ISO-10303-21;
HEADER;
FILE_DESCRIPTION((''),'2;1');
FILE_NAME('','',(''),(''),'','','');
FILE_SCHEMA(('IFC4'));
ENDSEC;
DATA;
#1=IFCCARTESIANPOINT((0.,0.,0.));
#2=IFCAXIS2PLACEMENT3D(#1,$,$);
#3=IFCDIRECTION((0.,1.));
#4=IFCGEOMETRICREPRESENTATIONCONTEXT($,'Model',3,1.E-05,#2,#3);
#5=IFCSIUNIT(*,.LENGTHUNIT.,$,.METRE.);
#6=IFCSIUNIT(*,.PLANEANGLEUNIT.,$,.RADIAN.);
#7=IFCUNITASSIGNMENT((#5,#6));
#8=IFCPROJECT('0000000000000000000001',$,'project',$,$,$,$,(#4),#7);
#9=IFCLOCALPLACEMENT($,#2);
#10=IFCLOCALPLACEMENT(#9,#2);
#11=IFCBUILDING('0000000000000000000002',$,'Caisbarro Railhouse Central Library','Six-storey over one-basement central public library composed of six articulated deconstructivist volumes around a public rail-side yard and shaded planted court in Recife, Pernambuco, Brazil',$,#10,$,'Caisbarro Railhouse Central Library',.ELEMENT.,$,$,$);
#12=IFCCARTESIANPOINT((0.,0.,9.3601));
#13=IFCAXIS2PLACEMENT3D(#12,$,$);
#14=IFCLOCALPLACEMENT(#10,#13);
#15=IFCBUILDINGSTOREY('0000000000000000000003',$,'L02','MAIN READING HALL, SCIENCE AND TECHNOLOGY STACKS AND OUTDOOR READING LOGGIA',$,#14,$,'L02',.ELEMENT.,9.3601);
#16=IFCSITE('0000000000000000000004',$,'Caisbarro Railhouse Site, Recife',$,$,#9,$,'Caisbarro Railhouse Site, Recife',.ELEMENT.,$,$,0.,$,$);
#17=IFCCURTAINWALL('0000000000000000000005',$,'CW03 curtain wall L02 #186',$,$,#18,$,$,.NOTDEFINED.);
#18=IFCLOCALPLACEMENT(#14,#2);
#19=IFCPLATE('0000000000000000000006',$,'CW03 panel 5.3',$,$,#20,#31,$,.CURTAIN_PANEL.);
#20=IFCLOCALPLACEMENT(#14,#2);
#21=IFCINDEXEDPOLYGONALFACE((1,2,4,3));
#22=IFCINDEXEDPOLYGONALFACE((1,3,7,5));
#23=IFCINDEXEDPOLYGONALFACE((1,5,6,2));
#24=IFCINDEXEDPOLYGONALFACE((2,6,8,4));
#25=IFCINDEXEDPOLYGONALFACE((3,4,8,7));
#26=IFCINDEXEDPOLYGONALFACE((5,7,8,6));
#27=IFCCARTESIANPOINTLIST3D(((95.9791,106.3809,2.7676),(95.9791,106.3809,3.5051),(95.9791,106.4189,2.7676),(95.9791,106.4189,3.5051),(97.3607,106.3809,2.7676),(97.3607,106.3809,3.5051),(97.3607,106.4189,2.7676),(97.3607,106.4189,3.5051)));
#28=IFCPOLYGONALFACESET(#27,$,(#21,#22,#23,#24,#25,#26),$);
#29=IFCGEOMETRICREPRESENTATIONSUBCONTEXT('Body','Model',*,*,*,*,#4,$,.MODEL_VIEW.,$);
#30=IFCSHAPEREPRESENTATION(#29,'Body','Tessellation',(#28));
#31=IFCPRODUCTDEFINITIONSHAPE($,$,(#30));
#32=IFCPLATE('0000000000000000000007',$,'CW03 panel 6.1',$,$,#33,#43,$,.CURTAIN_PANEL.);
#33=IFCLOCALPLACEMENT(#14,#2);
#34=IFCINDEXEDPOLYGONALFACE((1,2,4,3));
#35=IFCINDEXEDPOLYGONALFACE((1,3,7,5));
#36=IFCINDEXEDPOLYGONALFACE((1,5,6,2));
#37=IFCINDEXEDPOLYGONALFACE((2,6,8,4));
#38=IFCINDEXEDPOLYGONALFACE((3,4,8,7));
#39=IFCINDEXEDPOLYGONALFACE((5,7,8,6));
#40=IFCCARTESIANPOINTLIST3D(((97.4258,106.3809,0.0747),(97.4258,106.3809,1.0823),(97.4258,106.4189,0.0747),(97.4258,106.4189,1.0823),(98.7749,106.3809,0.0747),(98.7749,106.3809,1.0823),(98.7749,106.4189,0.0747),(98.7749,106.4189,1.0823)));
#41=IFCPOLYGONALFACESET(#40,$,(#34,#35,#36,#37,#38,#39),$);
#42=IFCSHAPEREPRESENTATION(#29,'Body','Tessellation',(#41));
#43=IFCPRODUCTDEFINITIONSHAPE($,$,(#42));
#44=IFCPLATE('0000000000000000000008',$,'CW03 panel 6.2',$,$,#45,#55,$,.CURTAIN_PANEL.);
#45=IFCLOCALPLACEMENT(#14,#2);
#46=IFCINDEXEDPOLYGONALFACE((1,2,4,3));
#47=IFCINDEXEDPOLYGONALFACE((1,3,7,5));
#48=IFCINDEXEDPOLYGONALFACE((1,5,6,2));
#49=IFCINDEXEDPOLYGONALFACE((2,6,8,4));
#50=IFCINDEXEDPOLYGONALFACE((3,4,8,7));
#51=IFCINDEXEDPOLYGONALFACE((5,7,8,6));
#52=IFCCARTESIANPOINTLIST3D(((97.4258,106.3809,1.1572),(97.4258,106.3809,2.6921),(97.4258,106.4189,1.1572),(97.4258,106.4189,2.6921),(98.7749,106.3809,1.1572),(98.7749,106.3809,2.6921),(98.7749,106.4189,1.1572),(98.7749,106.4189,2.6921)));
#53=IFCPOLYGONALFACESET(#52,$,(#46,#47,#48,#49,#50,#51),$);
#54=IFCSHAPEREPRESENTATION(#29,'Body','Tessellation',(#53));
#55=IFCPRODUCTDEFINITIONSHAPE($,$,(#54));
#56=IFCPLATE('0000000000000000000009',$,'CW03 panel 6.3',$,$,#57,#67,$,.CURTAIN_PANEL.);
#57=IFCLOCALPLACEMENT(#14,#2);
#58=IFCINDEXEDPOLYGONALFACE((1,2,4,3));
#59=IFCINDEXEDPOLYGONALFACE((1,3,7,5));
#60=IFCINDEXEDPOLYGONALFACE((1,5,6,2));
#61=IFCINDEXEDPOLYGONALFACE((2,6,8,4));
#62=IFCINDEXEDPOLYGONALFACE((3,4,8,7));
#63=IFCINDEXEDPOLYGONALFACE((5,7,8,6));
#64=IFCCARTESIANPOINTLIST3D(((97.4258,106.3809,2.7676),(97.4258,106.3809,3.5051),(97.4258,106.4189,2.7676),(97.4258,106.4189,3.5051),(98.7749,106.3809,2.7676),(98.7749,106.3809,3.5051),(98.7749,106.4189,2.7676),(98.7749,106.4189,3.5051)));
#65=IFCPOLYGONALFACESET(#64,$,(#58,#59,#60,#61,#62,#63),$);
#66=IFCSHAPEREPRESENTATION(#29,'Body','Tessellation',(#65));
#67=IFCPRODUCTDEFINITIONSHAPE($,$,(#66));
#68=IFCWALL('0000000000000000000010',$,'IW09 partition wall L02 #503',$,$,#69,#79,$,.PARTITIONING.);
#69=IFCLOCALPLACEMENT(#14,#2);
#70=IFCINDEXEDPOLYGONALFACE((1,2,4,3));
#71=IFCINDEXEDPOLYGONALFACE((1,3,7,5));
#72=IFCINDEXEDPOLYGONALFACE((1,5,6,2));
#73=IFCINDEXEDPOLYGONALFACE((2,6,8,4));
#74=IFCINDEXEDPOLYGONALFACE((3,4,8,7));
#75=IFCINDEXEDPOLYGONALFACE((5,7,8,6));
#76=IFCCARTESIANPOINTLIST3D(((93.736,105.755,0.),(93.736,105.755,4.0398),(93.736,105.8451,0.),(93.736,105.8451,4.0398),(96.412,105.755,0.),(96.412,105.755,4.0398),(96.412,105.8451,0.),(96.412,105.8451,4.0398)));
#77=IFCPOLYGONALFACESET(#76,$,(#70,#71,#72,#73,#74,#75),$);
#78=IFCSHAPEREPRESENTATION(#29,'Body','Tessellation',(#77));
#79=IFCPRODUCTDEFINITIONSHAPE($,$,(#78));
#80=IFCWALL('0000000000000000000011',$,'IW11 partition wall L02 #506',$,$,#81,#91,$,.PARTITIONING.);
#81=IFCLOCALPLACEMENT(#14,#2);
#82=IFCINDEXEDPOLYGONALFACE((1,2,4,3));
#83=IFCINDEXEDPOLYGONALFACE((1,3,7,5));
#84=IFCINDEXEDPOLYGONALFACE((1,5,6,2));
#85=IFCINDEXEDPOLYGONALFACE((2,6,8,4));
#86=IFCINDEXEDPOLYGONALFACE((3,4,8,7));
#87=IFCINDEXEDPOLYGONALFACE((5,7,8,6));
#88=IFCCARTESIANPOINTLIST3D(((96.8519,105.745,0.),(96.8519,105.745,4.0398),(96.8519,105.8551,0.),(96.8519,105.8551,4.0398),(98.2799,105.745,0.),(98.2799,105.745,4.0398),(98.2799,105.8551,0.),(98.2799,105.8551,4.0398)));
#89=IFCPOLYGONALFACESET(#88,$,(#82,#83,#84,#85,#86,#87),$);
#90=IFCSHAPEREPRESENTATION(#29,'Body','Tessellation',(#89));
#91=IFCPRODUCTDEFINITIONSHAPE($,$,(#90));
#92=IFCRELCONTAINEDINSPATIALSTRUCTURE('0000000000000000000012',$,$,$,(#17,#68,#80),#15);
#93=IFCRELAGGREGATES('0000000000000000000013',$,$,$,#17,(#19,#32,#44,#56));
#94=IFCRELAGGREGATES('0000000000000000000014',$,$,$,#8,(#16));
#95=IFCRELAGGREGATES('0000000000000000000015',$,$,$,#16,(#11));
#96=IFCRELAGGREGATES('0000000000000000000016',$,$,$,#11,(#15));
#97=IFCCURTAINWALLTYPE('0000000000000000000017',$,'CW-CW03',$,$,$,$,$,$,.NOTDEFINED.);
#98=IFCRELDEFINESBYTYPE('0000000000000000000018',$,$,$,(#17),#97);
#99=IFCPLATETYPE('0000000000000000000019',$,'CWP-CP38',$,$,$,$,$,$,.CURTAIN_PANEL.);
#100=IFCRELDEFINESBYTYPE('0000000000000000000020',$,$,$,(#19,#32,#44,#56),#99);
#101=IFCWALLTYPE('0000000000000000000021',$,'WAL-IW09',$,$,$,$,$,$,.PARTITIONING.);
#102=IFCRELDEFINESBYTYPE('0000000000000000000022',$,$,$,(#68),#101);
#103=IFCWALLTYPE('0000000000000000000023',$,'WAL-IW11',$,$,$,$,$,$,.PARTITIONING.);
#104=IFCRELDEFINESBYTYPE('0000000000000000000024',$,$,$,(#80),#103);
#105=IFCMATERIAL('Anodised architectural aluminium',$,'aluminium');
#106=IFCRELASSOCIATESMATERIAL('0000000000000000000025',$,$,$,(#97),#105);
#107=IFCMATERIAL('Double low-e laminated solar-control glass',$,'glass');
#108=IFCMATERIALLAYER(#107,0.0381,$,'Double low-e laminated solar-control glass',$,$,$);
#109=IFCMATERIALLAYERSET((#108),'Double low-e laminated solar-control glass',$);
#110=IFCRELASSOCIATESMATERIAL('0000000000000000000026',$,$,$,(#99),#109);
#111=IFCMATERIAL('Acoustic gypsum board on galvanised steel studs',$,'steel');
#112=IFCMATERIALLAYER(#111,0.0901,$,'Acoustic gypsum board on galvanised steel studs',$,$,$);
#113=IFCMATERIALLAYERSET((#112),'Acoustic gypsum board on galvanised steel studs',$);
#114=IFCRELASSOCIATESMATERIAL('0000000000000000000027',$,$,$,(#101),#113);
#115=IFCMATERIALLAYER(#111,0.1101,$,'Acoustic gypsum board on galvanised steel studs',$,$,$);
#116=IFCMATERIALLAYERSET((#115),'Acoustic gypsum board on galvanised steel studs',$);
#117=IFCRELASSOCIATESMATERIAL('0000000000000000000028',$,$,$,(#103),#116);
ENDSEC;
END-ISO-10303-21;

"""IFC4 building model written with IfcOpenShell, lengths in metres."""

from ifc_helpers import new_model, si_unit, direction, frame, frame_2d, origin, origin_2d, place, context, subcontext, project, spatial, rectangle, extrude, material, layer, layer_set, type_object, element, aggregate, save


model = new_model("IFC4")

# Units and contexts
model_context = context("Model", 3, precision=1e-05, world=origin(), true_north=direction((0.0, 1.0)))
body_context = subcontext(model_context, "Body", "Model", "MODEL_VIEW")
ifc_project = project(units=[si_unit("LENGTHUNIT", "METRE"), si_unit("PLANEANGLEUNIT", "RADIAN")], contexts=[model_context])

# Site, building, storey
site_placement = place(None, origin())
site = spatial("IfcSite", under=ifc_project, at=site_placement, Name="Caisbarro Railhouse Site, Recife", LongName="Caisbarro Railhouse Site, Recife", CompositionType="ELEMENT", RefElevation=0.0)
building_placement = place(site_placement, origin())
building = spatial("IfcBuilding", under=site, at=building_placement, Name="Caisbarro Railhouse Central Library", Description="Six-storey over one-basement central public library composed of six articulated deconstructivist volumes around a public rail-side yard and shaded planted court in Recife, Pernambuco, Brazil", LongName="Caisbarro Railhouse Central Library", CompositionType="ELEMENT")
storey_placement = place(building_placement, frame((0.0, 0.0, 9.3601)))
storey = spatial("IfcBuildingStorey", under=building, at=storey_placement, Name="L02", Description="MAIN READING HALL, SCIENCE AND TECHNOLOGY STACKS AND OUTDOOR READING LOGGIA", LongName="L02", CompositionType="ELEMENT", Elevation=9.3601)

# Curtain wall, plates
ifc_material_1 = material(Name="Anodised architectural aluminium", Category="aluminium")
curtain_wall_type = type_object("IfcCurtainWallType", Name="CW-CW03", PredefinedType="NOTDEFINED", material=ifc_material_1)
curtain_wall_placement = place(storey_placement, origin())
curtain_wall = element("IfcCurtainWall", 1, at=curtain_wall_placement, inside=storey, type_object=curtain_wall_type, Name="CW03 curtain wall L02 #186", PredefinedType="NOTDEFINED")
ifc_material_2 = material(Name="Double low-e laminated solar-control glass", Category="glass")
ifc_layer_1 = layer(ifc_material_2, 0.0381, Name="Double low-e laminated solar-control glass")
ifc_layer_set_1 = layer_set([ifc_layer_1], Name="Double low-e laminated solar-control glass")
plate_type = type_object("IfcPlateType", Name="CWP-CP38", PredefinedType="CURTAIN_PANEL", material=ifc_layer_set_1)
plate_1_placement = place(storey_placement, frame((96.6699, 106.3999, 2.7676), z_axis=(0.0, 0.0, 1.0), x_axis=(1.0, 0.0, 0.0)))
plate_1 = element("IfcPlate", 2, at=plate_1_placement, type_object=plate_type, Name="CW03 panel 5.3", PredefinedType="CURTAIN_PANEL", context=body_context, shape_type="SweptSolid", body=[
    extrude(rectangle(XDim=1.3816, YDim=0.0381, at=origin_2d()), origin(), (0.0, 0.0, 1.0), 0.7375),
])
plate_2_placement = place(storey_placement, frame((98.1003, 106.3999, 0.0747), z_axis=(0.0, 0.0, 1.0), x_axis=(1.0, 0.0, 0.0)))
plate_2 = element("IfcPlate", 3, at=plate_2_placement, type_object=plate_type, Name="CW03 panel 6.1", PredefinedType="CURTAIN_PANEL", context=body_context, shape_type="SweptSolid", body=[
    extrude(rectangle(XDim=1.3491, YDim=0.0381, at=origin_2d()), origin(), (0.0, 0.0, 1.0), 1.0076),
])
plate_3_placement = place(storey_placement, frame((98.1003, 106.3999, 1.1572), z_axis=(0.0, 0.0, 1.0), x_axis=(1.0, 0.0, 0.0)))
plate_3 = element("IfcPlate", 4, at=plate_3_placement, type_object=plate_type, Name="CW03 panel 6.2", PredefinedType="CURTAIN_PANEL", context=body_context, shape_type="SweptSolid", body=[
    extrude(rectangle(XDim=1.3491, YDim=0.0381, at=origin_2d()), origin(), (0.0, 0.0, 1.0), 1.5349),
])
plate_4_placement = place(storey_placement, frame((98.1003, 106.3999, 2.7676), z_axis=(0.0, 0.0, 1.0), x_axis=(1.0, 0.0, 0.0)))
plate_4 = element("IfcPlate", 5, at=plate_4_placement, type_object=plate_type, Name="CW03 panel 6.3", PredefinedType="CURTAIN_PANEL", context=body_context, shape_type="SweptSolid", body=[
    extrude(rectangle(XDim=1.3491, YDim=0.0381, at=origin_2d()), origin(), (0.0, 0.0, 1.0), 0.7375),
])
aggregate(curtain_wall, [plate_1, plate_2, plate_3, plate_4])

# Walls
ifc_material_3 = material(Name="Acoustic gypsum board on galvanised steel studs", Category="steel")
ifc_layer_2 = layer(ifc_material_3, 0.0901, Name="Acoustic gypsum board on galvanised steel studs")
ifc_layer_set_2 = layer_set([ifc_layer_2], Name="Acoustic gypsum board on galvanised steel studs")
wall_type_1 = type_object("IfcWallType", Name="WAL-IW09", PredefinedType="PARTITIONING", material=ifc_layer_set_2)
wall_1_placement = place(storey_placement, frame((93.7361, 105.8, 0.0), z_axis=(0.0, 0.0, 1.0), x_axis=(1.0, 0.0, 0.0)))
element("IfcWall", 6, at=wall_1_placement, inside=storey, type_object=wall_type_1, Name="IW09 partition wall L02 #503", PredefinedType="PARTITIONING", context=body_context, shape_type="SweptSolid", body=[
    extrude(rectangle(XDim=2.676, YDim=0.0901, at=frame_2d((1.3379, 0.0))), origin(), (0.0, 0.0, 1.0), 4.0398),
])
ifc_layer_3 = layer(ifc_material_3, 0.1101, Name="Acoustic gypsum board on galvanised steel studs")
ifc_layer_set_3 = layer_set([ifc_layer_3], Name="Acoustic gypsum board on galvanised steel studs")
wall_type_2 = type_object("IfcWallType", Name="WAL-IW11", PredefinedType="PARTITIONING", material=ifc_layer_set_3)
wall_2_placement = place(storey_placement, frame((96.8521, 105.8, 0.0), z_axis=(0.0, 0.0, 1.0), x_axis=(1.0, 0.0, 0.0)))
element("IfcWall", 7, at=wall_2_placement, inside=storey, type_object=wall_type_2, Name="IW11 partition wall L02 #506", PredefinedType="PARTITIONING", context=body_context, shape_type="SweptSolid", body=[
    extrude(rectangle(XDim=1.428, YDim=0.1101, at=frame_2d((0.7139, 0.0))), origin(), (0.0, 0.0, 1.0), 4.0398),
])

save(model, "model.ifc")
